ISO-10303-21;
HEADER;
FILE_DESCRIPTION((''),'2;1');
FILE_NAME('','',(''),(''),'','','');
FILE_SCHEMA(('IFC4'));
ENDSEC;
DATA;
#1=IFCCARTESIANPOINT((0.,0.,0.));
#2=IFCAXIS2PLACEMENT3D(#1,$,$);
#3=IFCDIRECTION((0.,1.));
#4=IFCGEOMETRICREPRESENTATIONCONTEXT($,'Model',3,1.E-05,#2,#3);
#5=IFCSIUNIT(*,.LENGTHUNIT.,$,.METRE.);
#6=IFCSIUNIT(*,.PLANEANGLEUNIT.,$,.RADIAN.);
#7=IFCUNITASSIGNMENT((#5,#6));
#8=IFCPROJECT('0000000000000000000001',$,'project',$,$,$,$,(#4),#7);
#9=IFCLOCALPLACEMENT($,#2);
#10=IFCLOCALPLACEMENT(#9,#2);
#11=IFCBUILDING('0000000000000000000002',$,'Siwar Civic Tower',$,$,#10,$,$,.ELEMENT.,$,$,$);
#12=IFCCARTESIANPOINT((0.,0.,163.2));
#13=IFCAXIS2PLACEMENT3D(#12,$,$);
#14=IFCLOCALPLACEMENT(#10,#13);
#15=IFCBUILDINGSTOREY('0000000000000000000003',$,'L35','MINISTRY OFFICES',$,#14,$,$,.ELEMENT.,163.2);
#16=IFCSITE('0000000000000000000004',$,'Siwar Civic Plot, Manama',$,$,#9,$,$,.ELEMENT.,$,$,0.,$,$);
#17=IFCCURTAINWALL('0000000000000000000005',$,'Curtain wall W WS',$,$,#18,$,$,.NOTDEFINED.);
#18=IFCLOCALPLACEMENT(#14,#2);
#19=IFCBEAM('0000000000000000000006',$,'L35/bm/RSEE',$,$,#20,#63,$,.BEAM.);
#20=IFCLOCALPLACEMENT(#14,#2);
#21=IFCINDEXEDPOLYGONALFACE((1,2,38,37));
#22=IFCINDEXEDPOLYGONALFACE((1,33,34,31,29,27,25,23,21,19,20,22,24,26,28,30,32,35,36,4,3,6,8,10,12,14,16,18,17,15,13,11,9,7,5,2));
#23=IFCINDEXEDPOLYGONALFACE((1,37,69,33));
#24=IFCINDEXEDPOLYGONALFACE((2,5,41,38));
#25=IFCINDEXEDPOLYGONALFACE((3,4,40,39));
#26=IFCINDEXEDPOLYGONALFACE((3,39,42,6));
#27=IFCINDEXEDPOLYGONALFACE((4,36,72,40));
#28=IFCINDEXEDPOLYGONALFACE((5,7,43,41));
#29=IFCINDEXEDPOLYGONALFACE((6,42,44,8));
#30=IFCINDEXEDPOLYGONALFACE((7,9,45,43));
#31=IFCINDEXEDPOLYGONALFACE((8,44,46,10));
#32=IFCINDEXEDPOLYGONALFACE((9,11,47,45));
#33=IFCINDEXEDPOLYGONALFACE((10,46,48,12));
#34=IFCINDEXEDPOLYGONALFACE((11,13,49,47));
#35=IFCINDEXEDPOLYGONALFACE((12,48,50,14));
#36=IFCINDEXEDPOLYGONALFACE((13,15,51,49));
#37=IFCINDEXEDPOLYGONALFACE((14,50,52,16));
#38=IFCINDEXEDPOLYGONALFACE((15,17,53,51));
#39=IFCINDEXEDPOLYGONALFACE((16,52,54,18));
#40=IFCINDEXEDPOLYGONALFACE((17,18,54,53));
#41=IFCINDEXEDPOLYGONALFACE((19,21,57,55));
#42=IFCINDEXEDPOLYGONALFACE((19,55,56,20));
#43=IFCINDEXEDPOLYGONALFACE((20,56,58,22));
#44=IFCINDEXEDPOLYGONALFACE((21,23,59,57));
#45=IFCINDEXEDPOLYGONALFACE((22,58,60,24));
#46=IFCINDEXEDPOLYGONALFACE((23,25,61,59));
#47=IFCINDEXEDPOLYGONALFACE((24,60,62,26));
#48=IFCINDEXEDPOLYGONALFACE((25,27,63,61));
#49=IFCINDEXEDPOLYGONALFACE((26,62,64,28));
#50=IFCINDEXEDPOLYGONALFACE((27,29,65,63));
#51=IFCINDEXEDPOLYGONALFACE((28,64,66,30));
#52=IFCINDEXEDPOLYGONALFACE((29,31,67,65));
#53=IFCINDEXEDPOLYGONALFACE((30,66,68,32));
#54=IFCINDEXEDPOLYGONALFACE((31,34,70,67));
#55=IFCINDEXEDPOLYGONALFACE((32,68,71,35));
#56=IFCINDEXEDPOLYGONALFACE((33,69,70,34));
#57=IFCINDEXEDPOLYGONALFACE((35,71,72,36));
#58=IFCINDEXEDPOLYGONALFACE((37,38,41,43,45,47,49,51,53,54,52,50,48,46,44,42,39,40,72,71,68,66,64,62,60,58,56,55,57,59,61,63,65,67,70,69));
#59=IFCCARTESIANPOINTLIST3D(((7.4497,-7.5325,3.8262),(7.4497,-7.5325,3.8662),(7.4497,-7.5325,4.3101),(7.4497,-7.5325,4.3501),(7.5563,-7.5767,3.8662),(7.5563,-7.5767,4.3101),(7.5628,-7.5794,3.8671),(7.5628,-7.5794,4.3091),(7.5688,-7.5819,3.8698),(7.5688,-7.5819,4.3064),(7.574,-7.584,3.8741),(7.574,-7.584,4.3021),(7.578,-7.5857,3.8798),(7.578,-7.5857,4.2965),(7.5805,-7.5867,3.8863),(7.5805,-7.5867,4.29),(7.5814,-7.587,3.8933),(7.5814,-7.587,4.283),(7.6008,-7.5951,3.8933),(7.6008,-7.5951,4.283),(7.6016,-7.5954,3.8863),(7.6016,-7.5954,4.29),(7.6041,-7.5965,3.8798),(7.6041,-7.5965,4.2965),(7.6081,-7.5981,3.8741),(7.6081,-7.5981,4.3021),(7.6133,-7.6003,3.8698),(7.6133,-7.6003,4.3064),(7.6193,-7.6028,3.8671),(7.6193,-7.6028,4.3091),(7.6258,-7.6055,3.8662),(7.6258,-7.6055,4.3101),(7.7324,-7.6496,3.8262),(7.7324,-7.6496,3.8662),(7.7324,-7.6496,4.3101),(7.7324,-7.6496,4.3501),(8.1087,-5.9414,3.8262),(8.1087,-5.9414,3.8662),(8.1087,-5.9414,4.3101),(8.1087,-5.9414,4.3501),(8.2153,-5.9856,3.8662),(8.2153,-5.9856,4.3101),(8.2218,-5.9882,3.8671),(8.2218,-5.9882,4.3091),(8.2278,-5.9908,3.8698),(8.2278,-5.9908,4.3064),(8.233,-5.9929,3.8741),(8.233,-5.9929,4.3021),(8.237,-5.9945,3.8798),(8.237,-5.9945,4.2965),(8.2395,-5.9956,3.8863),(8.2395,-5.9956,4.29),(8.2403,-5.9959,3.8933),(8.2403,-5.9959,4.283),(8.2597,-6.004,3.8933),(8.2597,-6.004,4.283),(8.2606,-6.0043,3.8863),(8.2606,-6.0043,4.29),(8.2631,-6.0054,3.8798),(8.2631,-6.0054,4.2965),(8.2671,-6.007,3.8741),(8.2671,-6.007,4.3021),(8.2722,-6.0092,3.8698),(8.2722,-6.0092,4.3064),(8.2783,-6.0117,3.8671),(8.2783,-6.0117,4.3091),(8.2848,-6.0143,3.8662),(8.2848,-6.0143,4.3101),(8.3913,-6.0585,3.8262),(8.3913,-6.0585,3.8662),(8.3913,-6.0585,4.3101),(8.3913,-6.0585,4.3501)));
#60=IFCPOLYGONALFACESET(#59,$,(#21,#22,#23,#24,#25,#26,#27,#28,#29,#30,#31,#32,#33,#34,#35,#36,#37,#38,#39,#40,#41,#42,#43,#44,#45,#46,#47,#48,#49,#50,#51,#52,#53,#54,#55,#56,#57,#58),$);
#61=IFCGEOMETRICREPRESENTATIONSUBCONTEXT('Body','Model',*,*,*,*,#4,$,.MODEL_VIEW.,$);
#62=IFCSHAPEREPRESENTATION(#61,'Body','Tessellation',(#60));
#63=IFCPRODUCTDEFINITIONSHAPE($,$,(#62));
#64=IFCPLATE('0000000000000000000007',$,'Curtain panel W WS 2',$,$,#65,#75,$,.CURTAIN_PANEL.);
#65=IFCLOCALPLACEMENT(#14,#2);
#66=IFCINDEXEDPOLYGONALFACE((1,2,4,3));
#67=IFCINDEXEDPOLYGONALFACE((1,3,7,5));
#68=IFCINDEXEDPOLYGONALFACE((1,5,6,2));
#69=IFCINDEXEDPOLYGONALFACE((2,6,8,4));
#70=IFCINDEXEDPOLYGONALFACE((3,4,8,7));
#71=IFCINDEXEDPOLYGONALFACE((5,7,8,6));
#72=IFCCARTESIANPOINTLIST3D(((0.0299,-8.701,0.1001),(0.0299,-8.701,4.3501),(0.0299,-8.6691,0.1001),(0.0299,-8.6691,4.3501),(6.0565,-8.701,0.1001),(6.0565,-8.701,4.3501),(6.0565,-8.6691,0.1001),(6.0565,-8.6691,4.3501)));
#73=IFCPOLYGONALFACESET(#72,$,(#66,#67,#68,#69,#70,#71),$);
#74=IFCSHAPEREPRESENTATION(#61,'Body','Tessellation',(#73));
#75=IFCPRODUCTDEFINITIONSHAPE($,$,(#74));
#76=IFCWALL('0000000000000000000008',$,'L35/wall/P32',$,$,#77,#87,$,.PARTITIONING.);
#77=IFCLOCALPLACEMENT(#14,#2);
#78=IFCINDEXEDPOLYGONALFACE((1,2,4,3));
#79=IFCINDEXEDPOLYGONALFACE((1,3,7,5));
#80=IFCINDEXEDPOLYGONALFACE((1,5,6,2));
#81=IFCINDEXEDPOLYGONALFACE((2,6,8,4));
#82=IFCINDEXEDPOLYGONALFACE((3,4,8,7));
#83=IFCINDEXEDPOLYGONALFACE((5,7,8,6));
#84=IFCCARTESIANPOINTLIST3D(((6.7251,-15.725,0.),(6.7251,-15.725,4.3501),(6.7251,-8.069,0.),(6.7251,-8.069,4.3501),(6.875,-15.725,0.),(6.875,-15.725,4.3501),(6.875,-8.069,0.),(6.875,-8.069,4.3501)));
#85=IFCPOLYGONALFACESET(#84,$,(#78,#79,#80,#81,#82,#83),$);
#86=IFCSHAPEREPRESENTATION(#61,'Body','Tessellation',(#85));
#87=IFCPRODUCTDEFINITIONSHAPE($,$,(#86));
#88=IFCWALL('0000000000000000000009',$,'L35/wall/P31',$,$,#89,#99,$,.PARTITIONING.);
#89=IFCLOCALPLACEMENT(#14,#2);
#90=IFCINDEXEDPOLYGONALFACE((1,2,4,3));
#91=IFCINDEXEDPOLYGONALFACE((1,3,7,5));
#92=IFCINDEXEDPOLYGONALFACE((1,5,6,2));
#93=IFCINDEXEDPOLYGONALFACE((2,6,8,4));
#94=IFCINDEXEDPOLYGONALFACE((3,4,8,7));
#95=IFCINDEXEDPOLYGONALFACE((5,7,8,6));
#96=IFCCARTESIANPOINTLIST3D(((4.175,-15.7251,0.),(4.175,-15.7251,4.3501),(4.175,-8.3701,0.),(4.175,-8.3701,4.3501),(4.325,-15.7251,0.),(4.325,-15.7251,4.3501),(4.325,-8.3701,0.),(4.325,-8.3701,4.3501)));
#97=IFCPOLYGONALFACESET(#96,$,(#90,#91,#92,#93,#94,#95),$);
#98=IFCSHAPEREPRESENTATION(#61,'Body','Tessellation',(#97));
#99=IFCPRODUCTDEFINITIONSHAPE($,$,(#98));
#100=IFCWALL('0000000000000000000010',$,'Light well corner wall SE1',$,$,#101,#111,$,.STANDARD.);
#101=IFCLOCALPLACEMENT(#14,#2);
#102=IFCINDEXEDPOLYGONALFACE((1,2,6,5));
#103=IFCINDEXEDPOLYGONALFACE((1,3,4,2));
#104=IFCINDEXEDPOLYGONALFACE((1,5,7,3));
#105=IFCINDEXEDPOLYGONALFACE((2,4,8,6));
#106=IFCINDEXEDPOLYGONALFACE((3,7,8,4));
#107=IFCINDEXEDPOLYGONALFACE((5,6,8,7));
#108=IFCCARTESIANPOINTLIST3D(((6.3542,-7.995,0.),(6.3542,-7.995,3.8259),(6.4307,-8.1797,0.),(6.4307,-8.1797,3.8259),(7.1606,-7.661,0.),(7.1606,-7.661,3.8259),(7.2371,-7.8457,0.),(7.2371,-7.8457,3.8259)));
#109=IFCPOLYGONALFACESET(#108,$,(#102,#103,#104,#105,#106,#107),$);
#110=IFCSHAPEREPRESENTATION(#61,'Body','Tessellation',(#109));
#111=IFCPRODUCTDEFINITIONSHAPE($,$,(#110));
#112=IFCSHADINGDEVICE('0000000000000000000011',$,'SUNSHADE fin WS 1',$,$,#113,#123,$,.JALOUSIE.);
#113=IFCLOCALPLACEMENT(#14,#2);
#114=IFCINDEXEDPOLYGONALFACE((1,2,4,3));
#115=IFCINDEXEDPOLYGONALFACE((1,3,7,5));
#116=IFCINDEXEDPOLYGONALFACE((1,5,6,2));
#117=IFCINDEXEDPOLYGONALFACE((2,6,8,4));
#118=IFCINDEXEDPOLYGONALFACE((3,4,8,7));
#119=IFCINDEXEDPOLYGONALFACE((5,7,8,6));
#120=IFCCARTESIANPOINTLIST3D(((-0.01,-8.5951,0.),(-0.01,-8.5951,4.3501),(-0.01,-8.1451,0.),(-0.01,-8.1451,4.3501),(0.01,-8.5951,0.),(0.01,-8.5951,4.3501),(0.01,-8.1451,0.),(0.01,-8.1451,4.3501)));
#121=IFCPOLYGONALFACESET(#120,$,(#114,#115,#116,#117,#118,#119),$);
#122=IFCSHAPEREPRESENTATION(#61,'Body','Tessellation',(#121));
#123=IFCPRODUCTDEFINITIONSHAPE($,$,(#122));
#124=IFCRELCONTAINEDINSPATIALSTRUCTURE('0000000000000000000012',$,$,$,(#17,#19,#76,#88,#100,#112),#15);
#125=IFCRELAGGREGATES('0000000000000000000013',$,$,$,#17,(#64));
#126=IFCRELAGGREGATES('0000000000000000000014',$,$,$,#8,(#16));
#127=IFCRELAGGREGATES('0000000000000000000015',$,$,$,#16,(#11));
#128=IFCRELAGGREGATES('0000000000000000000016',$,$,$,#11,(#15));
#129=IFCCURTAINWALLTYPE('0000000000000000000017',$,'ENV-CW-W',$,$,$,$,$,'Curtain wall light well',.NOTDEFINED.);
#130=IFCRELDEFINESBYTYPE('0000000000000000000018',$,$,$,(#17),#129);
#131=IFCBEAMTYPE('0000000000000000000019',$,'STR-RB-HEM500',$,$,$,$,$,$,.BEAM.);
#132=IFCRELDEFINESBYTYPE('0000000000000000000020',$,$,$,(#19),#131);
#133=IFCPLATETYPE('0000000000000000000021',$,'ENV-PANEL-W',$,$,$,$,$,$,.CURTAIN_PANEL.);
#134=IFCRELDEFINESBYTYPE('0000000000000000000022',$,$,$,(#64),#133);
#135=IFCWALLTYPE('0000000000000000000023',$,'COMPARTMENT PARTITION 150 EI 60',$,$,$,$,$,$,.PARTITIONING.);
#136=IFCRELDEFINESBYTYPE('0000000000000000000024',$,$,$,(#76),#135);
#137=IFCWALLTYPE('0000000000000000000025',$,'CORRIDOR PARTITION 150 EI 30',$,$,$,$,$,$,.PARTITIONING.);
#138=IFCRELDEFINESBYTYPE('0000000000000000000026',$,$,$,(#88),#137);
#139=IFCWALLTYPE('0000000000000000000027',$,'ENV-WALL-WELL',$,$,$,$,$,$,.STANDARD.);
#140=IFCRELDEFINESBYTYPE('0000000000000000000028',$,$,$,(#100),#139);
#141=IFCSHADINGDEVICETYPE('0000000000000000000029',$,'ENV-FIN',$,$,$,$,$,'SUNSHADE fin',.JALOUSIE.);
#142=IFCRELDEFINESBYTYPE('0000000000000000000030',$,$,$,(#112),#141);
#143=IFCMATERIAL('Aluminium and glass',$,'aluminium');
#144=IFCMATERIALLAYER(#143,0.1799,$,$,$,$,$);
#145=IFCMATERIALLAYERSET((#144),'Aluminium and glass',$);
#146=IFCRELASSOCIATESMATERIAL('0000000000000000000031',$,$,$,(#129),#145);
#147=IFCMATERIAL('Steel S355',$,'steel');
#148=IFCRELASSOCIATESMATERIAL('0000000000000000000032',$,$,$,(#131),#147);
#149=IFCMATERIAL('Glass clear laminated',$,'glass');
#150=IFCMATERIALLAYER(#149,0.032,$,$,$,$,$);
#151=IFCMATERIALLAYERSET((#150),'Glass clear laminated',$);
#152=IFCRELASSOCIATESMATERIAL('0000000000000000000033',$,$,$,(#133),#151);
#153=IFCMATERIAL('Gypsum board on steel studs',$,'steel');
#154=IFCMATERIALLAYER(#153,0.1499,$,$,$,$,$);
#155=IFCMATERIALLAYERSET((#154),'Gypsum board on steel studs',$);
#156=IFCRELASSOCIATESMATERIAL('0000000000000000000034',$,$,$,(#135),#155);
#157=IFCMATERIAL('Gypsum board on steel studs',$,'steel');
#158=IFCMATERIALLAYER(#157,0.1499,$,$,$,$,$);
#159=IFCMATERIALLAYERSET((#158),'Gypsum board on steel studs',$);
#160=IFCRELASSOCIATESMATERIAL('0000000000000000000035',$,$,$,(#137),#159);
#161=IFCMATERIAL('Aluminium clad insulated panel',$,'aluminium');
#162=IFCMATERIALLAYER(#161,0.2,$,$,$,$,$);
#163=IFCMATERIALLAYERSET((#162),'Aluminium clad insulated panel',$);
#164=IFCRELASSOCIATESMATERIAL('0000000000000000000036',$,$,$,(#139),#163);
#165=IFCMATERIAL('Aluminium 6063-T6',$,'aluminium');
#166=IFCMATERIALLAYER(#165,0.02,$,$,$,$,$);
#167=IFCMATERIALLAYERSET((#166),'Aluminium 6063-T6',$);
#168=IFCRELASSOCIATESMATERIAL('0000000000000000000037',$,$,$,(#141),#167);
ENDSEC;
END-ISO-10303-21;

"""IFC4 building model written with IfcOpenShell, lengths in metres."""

from ifc_helpers import new_model, si_unit, direction, frame, frame_2d, origin, origin_2d, place, context, subcontext, project, spatial, rectangle, i_section, extrude, material, layer, layer_set, material_profile, profile_set, type_object, element, aggregate, save


model = new_model("IFC4")

# Units and contexts
model_context = context("Model", 3, precision=1e-05, world=origin(), true_north=direction((0.0, 1.0)))
body_context = subcontext(model_context, "Body", "Model", "MODEL_VIEW")
ifc_project = project(units=[si_unit("LENGTHUNIT", "METRE"), si_unit("PLANEANGLEUNIT", "RADIAN")], contexts=[model_context])

# Site, building, storey
site_placement = place(None, origin())
site = spatial("IfcSite", under=ifc_project, at=site_placement, Name="Siwar Civic Plot, Manama", CompositionType="ELEMENT", RefElevation=0.0)
building_placement = place(site_placement, origin())
building = spatial("IfcBuilding", under=site, at=building_placement, Name="Siwar Civic Tower", CompositionType="ELEMENT")
storey_placement = place(building_placement, frame((0.0, 0.0, 163.2)))
storey = spatial("IfcBuildingStorey", under=building, at=storey_placement, Name="L35", Description="MINISTRY OFFICES", CompositionType="ELEMENT", Elevation=163.2)

# Curtain wall
ifc_material_1 = material(Name="Aluminium and glass", Category="aluminium")
ifc_layer_1 = layer(ifc_material_1, 0.1799)
ifc_layer_set_1 = layer_set([ifc_layer_1], Name="Aluminium and glass")
curtain_wall_type = type_object("IfcCurtainWallType", Name="ENV-CW-W", ElementType="Curtain wall light well", PredefinedType="NOTDEFINED", material=ifc_layer_set_1)
curtain_wall_placement = place(storey_placement, origin())
curtain_wall = element("IfcCurtainWall", 1, at=curtain_wall_placement, inside=storey, type_object=curtain_wall_type, Name="Curtain wall W WS", PredefinedType="NOTDEFINED")

# Beam
ifc_material_2 = material(Name="Steel S355", Category="steel")
ifc_material_profile_1 = material_profile(ifc_material_2, i_section(OverallWidth=0.3059, OverallDepth=0.5239, WebThickness=0.021, FlangeThickness=0.04, FilletRadius=0.0271, at=origin_2d()), Name="HEM500")
ifc_profile_set_1 = profile_set([ifc_material_profile_1], Name="Steel S355")
beam_type_1 = type_object("IfcBeamType", Name="STR-RB-HEM500", PredefinedType="BEAM", material=ifc_profile_set_1)
for number, where, z_axis, x_axis, name in (
    (2, (7.5911, -7.5911, 4.0881), (0.382631, 0.923901, 0.0), (-0.923901, 0.382631, 0.0), "L35/bm/RSEE"),
):
    element("IfcBeam", number, at=place(storey_placement, frame(where, z_axis=z_axis, x_axis=x_axis)), inside=storey, type_object=beam_type_1, Name=name, PredefinedType="BEAM", context=body_context, shape_type="SweptSolid", body=[
        extrude(i_section(OverallWidth=0.3059, OverallDepth=0.5239, WebThickness=0.021, FlangeThickness=0.04, FilletRadius=0.0271, at=origin_2d()), origin(), (0.0, 0.0, 1.0), 1.7222),
    ])

# Plate
ifc_material_3 = material(Name="Glass clear laminated", Category="glass")
ifc_layer_2 = layer(ifc_material_3, 0.032)
ifc_layer_set_2 = layer_set([ifc_layer_2], Name="Glass clear laminated")
plate_type = type_object("IfcPlateType", Name="ENV-PANEL-W", PredefinedType="CURTAIN_PANEL", material=ifc_layer_set_2)
plate_placement = place(storey_placement, frame((3.0432, -8.6851, 0.1001), z_axis=(0.0, 0.0, 1.0), x_axis=(1.0, 0.0, 0.0)))
plate = element("IfcPlate", 3, at=plate_placement, type_object=plate_type, Name="Curtain panel W WS 2", PredefinedType="CURTAIN_PANEL", context=body_context, shape_type="SweptSolid", body=[
    extrude(rectangle(XDim=6.0266, YDim=0.032, at=origin_2d()), origin(), (0.0, 0.0, 1.0), 4.25),
])
aggregate(curtain_wall, [plate])

# Walls
ifc_material_4 = material(Name="Gypsum board on steel studs", Category="steel")
ifc_layer_3 = layer(ifc_material_4, 0.1499)
ifc_layer_set_3 = layer_set([ifc_layer_3], Name="Gypsum board on steel studs")
wall_type_1 = type_object("IfcWallType", Name="COMPARTMENT PARTITION 150 EI 60", PredefinedType="PARTITIONING", material=ifc_layer_set_3)
wall_1_placement = place(storey_placement, frame((6.8, -15.7251, 0.0), z_axis=(0.0, 0.0, 1.0), x_axis=(0.0, 1.0, 0.0)))
element("IfcWall", 4, at=wall_1_placement, inside=storey, type_object=wall_type_1, Name="L35/wall/P32", PredefinedType="PARTITIONING", context=body_context, shape_type="SweptSolid", body=[
    extrude(rectangle(XDim=7.656, YDim=0.1499, at=frame_2d((3.8281, 0.0))), origin(), (0.0, 0.0, 1.0), 4.3501),
])
ifc_material_5 = material(Name="Gypsum board on steel studs", Category="steel")
ifc_layer_4 = layer(ifc_material_5, 0.1499)
ifc_layer_set_4 = layer_set([ifc_layer_4], Name="Gypsum board on steel studs")
wall_type_2 = type_object("IfcWallType", Name="CORRIDOR PARTITION 150 EI 30", PredefinedType="PARTITIONING", material=ifc_layer_set_4)
wall_2_placement = place(storey_placement, frame((4.25, -15.7251, 0.0), z_axis=(0.0, 0.0, 1.0), x_axis=(0.0, 1.0, 0.0)))
element("IfcWall", 5, at=wall_2_placement, inside=storey, type_object=wall_type_2, Name="L35/wall/P31", PredefinedType="PARTITIONING", context=body_context, shape_type="SweptSolid", body=[
    extrude(rectangle(XDim=7.355, YDim=0.1499, at=frame_2d((3.6775, 0.0))), origin(), (0.0, 0.0, 1.0), 4.3501),
])
ifc_material_6 = material(Name="Aluminium clad insulated panel", Category="aluminium")
ifc_layer_5 = layer(ifc_material_6, 0.2)
ifc_layer_set_5 = layer_set([ifc_layer_5], Name="Aluminium clad insulated panel")
wall_type_3 = type_object("IfcWallType", Name="ENV-WALL-WELL", PredefinedType="STANDARD", material=ifc_layer_set_5)
wall_3_placement = place(storey_placement, frame((6.3923, -8.0874, 0.0), z_axis=(0.0, 0.0, 1.0), x_axis=(0.923894, 0.382648, 0.0)))
element("IfcWall", 6, at=wall_3_placement, inside=storey, type_object=wall_type_3, Name="Light well corner wall SE1", PredefinedType="STANDARD", context=body_context, shape_type="SweptSolid", body=[
    extrude(rectangle(XDim=0.8728, YDim=0.2, at=frame_2d((0.4365, 0.0))), origin(), (0.0, 0.0, 1.0), 3.8259),
])

# Shading device
ifc_material_7 = material(Name="Aluminium 6063-T6", Category="aluminium")
ifc_layer_6 = layer(ifc_material_7, 0.02)
ifc_layer_set_6 = layer_set([ifc_layer_6], Name="Aluminium 6063-T6")
shading_device_type = type_object("IfcShadingDeviceType", Name="ENV-FIN", ElementType="SUNSHADE fin", PredefinedType="JALOUSIE", material=ifc_layer_set_6)
shading_device_placement = place(storey_placement, frame((0.0, -8.3701, 0.0), z_axis=(0.0, 0.0, 1.0), x_axis=(1.0, 0.0, 0.0)))
element("IfcShadingDevice", 7, at=shading_device_placement, inside=storey, type_object=shading_device_type, Name="SUNSHADE fin WS 1", PredefinedType="JALOUSIE", context=body_context, shape_type="SweptSolid", body=[
    extrude(rectangle(XDim=0.02, YDim=0.45, at=origin_2d()), origin(), (0.0, 0.0, 1.0), 4.3501),
])

save(model, "model.ifc")
